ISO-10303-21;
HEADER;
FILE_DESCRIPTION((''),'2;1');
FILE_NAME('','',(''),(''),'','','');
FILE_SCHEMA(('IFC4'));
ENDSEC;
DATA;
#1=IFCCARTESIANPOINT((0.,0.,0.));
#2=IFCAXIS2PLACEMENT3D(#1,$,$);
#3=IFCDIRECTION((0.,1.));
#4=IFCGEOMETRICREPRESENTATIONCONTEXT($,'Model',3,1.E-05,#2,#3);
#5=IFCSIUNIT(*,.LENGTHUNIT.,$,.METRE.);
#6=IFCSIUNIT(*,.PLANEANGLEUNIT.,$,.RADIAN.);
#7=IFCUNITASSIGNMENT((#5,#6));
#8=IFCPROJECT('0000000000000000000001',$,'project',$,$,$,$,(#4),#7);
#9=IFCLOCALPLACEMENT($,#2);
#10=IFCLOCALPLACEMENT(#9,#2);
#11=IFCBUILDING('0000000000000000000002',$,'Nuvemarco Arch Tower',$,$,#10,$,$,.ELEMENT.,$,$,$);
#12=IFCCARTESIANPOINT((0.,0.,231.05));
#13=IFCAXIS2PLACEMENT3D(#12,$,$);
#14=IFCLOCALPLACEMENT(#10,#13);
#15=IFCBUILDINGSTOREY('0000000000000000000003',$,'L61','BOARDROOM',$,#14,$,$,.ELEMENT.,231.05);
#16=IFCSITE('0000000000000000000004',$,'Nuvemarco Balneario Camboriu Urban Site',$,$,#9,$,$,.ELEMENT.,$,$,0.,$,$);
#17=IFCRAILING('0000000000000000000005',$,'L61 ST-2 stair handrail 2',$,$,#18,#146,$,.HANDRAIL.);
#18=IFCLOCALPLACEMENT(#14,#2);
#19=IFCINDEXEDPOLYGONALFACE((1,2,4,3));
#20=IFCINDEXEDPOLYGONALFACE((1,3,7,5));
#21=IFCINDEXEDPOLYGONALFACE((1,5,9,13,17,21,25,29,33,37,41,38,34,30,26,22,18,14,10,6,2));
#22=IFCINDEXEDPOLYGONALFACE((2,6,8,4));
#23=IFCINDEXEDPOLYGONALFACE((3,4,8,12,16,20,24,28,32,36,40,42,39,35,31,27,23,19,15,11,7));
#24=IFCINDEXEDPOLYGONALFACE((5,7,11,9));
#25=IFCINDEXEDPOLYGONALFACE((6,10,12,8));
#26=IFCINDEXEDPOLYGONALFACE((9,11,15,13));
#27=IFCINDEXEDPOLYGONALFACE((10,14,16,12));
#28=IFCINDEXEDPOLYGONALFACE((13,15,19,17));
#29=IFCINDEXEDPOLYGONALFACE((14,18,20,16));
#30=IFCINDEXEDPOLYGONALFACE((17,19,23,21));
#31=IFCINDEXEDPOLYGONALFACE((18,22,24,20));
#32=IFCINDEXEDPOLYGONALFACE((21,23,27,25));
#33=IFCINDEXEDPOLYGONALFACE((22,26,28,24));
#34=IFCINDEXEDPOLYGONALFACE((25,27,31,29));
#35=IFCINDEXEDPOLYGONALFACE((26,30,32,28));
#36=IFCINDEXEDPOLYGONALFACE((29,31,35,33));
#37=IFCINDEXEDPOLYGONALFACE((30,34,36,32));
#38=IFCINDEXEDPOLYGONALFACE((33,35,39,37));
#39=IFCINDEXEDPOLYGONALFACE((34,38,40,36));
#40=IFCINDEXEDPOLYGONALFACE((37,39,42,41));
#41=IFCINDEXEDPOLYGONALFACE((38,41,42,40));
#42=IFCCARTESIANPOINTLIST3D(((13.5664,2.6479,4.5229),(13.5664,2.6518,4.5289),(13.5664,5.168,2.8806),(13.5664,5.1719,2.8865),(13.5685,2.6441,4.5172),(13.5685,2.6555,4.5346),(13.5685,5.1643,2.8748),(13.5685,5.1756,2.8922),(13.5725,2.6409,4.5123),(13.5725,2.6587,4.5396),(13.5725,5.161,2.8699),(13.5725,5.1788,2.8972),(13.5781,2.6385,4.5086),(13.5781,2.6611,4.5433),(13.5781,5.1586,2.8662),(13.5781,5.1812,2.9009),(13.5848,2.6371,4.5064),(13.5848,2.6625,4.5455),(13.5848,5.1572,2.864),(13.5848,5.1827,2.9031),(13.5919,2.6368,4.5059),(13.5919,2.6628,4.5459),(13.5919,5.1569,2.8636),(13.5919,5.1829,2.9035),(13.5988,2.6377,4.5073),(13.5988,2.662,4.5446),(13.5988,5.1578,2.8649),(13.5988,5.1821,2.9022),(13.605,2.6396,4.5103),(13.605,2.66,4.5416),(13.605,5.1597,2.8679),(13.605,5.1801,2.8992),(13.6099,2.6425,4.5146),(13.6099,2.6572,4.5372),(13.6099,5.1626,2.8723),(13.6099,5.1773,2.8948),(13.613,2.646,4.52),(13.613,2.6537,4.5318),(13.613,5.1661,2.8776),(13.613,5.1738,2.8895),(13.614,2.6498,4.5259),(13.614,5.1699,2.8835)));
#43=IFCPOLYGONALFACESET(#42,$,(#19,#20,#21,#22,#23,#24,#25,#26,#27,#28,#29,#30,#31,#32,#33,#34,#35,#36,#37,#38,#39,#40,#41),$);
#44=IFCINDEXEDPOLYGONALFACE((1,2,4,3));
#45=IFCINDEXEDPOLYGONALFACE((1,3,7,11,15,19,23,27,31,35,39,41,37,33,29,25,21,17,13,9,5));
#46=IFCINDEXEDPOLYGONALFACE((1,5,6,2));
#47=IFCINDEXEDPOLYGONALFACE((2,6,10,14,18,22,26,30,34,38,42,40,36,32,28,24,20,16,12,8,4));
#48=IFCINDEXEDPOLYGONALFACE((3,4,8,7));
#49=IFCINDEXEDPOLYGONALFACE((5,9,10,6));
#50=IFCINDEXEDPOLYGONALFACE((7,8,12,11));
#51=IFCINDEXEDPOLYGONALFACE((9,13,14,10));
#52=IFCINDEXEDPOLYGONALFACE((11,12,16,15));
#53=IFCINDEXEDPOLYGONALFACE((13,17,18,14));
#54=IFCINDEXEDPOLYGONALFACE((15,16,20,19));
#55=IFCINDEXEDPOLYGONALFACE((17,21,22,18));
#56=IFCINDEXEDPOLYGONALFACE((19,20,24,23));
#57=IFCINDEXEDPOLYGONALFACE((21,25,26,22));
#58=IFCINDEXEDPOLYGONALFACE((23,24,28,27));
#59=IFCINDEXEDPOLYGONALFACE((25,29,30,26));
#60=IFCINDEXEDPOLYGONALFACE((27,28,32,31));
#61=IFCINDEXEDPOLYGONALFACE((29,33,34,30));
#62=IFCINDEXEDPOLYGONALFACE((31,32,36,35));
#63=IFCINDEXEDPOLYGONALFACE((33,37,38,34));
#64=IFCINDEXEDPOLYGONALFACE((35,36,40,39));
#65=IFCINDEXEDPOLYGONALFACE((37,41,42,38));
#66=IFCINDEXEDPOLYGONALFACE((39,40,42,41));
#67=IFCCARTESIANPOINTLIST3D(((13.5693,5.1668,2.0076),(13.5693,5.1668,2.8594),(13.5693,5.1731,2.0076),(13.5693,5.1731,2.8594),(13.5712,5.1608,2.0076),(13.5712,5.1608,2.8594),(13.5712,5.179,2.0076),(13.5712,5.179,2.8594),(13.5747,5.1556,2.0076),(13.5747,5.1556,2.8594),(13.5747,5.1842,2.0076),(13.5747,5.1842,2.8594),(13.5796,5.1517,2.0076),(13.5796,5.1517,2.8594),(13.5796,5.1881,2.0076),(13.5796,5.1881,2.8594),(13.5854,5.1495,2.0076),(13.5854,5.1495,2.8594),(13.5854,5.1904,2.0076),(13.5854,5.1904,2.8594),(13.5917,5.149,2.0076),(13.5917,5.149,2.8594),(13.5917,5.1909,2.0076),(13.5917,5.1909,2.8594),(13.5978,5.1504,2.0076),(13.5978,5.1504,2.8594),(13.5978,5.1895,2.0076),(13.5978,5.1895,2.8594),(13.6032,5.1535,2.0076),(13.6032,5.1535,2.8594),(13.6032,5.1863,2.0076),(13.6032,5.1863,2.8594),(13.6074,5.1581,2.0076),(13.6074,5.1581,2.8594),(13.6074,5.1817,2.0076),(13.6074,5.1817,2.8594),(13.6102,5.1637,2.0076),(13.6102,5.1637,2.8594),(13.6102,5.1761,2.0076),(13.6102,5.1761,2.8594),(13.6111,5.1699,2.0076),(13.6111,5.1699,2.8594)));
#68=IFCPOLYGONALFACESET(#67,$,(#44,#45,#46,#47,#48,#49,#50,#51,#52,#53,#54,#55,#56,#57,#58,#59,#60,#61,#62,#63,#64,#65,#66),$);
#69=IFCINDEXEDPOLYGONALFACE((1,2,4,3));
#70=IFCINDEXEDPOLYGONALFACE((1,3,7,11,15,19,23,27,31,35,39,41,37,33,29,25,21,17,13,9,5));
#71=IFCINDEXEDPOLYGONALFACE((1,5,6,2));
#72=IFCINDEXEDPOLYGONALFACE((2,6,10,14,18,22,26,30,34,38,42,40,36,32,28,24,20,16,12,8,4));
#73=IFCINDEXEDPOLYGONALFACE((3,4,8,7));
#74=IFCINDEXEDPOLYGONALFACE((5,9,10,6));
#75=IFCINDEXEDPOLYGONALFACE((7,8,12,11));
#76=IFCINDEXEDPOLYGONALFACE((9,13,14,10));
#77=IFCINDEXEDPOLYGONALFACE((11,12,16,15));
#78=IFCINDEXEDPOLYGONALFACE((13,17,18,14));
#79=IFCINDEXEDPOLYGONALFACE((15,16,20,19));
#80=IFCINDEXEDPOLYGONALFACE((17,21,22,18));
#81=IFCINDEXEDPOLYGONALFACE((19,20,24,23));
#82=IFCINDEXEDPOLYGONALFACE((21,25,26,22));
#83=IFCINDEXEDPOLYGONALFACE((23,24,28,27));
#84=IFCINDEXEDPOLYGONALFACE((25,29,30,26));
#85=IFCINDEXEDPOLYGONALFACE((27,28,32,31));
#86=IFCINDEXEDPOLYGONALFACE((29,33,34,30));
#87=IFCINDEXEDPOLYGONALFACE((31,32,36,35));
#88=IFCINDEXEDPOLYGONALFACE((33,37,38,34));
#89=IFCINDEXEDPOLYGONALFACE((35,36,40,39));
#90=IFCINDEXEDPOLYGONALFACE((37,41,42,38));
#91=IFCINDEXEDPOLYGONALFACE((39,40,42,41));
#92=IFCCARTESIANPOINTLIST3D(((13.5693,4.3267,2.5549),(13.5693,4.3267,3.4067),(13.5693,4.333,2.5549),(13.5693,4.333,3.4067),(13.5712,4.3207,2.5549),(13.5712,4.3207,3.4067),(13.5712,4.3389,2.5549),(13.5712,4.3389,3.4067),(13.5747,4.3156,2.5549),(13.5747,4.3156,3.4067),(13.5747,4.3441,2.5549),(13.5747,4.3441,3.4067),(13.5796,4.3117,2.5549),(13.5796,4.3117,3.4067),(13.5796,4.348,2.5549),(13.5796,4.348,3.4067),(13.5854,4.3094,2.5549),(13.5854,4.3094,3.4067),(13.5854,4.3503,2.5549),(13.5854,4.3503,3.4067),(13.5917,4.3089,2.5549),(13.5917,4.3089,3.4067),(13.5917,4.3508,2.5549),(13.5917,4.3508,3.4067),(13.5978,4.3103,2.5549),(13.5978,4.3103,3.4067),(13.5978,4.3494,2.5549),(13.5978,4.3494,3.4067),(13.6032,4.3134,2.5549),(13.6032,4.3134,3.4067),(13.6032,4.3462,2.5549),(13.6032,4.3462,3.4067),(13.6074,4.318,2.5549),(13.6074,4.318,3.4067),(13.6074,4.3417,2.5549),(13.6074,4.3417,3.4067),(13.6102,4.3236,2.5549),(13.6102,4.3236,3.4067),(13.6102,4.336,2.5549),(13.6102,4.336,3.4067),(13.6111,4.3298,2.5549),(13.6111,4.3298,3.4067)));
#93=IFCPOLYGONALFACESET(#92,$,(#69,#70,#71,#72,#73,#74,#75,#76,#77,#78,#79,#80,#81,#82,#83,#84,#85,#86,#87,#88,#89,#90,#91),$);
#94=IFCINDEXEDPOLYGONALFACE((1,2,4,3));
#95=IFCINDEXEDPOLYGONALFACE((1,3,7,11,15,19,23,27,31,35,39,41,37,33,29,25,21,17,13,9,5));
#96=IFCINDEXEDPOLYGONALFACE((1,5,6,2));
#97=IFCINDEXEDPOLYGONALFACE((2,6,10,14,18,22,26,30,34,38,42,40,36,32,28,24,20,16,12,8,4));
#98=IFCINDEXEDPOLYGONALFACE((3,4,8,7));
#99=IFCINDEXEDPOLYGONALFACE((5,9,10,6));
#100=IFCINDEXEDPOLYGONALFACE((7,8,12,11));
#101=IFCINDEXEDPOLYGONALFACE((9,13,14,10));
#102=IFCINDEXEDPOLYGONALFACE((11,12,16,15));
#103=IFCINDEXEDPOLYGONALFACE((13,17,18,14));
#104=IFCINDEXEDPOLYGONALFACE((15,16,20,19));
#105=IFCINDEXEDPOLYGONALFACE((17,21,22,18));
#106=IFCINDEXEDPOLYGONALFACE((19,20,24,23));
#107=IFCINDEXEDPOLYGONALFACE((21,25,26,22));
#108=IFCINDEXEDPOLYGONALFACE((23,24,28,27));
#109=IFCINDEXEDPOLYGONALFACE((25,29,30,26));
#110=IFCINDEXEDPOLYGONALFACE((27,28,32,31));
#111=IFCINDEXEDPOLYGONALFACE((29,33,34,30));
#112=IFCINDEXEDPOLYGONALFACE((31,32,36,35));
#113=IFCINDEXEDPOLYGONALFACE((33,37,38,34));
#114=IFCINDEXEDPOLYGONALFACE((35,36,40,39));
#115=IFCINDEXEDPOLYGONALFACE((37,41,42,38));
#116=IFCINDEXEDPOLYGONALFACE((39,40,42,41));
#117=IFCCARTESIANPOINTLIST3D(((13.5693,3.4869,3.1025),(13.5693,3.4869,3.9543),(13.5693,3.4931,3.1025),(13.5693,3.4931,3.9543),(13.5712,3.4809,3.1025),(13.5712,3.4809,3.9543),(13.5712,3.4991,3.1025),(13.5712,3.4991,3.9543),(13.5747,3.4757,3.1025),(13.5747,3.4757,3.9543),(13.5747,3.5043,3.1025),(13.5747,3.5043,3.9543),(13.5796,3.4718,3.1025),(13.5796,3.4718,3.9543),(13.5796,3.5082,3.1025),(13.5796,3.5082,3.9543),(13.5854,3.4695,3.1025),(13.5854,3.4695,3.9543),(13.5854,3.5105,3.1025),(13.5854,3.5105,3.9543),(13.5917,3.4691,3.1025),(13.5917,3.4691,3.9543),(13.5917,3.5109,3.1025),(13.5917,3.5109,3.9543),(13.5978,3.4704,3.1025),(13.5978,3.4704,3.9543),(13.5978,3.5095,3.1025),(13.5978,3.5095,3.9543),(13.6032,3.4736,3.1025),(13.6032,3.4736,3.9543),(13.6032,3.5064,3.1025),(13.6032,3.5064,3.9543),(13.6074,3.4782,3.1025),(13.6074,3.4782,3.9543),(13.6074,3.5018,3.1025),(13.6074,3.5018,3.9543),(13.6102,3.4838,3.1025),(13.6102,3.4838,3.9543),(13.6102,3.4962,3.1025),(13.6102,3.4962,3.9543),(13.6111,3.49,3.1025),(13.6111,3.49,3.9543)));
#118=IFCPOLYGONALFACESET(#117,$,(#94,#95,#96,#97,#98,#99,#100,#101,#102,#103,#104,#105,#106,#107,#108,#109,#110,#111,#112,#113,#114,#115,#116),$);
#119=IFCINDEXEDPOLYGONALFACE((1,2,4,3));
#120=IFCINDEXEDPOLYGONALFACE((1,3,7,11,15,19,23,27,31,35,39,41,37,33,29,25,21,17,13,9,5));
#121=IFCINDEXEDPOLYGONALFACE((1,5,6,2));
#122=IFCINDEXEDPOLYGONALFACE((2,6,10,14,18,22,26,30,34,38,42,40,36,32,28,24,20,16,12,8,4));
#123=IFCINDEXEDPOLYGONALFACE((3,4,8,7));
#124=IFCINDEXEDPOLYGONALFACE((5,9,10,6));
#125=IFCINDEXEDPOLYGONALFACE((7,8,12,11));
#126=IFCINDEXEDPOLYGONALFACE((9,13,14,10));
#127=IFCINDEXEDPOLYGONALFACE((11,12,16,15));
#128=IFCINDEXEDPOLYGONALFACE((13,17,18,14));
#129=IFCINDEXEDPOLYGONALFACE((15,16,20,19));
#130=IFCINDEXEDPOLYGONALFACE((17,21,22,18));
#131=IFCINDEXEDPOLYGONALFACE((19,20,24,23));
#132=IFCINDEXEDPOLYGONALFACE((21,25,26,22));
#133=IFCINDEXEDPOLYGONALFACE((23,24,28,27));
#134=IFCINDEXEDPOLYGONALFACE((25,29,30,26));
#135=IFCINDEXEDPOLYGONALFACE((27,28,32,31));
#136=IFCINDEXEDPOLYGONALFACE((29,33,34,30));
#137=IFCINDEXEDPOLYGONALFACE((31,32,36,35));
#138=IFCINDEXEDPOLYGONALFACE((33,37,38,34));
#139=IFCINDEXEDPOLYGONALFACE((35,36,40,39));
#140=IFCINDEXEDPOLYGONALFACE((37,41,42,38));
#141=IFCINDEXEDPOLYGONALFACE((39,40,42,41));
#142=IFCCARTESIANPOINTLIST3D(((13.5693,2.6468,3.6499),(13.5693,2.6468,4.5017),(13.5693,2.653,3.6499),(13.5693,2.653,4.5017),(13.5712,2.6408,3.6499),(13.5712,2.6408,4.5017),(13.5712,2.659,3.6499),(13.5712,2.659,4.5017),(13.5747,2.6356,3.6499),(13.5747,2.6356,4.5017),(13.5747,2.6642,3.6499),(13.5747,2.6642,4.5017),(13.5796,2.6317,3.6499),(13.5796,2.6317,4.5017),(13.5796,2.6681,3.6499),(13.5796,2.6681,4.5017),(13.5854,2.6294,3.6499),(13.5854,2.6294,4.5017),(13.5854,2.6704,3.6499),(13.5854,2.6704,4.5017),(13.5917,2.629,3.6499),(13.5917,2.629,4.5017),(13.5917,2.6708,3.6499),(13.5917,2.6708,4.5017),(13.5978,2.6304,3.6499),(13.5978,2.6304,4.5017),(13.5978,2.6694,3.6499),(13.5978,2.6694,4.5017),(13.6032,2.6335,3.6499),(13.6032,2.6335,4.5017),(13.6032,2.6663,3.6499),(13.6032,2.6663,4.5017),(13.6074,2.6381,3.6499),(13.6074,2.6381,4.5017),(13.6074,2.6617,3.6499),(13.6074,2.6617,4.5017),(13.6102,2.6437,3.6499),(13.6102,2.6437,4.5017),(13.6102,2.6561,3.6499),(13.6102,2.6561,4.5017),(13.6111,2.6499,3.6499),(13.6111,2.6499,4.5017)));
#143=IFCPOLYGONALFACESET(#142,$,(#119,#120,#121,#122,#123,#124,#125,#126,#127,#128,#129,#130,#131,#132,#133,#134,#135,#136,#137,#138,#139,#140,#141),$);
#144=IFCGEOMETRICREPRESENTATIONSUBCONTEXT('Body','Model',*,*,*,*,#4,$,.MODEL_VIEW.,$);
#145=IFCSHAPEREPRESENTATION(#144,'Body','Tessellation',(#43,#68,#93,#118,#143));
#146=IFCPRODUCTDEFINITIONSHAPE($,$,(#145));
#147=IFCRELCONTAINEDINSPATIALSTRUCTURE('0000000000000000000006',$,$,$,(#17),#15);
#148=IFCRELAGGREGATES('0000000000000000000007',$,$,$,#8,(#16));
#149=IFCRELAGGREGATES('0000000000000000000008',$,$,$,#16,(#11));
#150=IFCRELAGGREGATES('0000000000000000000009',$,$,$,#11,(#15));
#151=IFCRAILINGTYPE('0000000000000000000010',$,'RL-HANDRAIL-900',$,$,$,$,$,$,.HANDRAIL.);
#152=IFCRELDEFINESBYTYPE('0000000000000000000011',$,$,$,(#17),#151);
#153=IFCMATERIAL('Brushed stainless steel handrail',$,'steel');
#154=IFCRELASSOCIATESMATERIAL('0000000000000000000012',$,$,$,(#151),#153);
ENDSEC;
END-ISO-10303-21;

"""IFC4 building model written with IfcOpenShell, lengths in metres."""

from ifc_helpers import new_model, si_unit, direction, frame, origin, origin_2d, place, context, subcontext, project, spatial, circle, extrude, material, type_object, element, save


model = new_model("IFC4")

# Units and contexts
model_context = context("Model", 3, precision=1e-05, world=origin(), true_north=direction((0.0, 1.0)))
body_context = subcontext(model_context, "Body", "Model", "MODEL_VIEW")
ifc_project = project(units=[si_unit("LENGTHUNIT", "METRE"), si_unit("PLANEANGLEUNIT", "RADIAN")], contexts=[model_context])

# Site, building, storey
site_placement = place(None, origin())
site = spatial("IfcSite", under=ifc_project, at=site_placement, Name="Nuvemarco Balneario Camboriu Urban Site", CompositionType="ELEMENT", RefElevation=0.0)
building_placement = place(site_placement, origin())
building = spatial("IfcBuilding", under=site, at=building_placement, Name="Nuvemarco Arch Tower", CompositionType="ELEMENT")
storey_placement = place(building_placement, frame((0.0, 0.0, 231.05)))
storey = spatial("IfcBuildingStorey", under=building, at=storey_placement, Name="L61", Description="BOARDROOM", CompositionType="ELEMENT", Elevation=231.05)

# Railing
ifc_material_1 = material(Name="Brushed stainless steel handrail", Category="steel")
railing_type_1 = type_object("IfcRailingType", Name="RL-HANDRAIL-900", PredefinedType="HANDRAIL", material=ifc_material_1)
railing_1_placement = place(storey_placement, frame((13.5901, 5.1699, 2.0076)))
element("IfcRailing", 1, at=railing_1_placement, inside=storey, type_object=railing_type_1, Name="L61 ST-2 stair handrail 2", PredefinedType="HANDRAIL", context=body_context, shape_type="SweptSolid", body=[
    extrude(circle(Radius=0.0239, at=origin_2d()), frame((0.0, 0.0, 0.876), z_axis=(0.0, -0.837787, 0.545998), x_axis=(1.0, 0.0, 0.0)), (0.0, 0.0, 1.0), 3.0081),
    extrude(circle(Radius=0.021, at=origin_2d()), origin(), (0.0, 0.0, 1.0), 0.8518),
    extrude(circle(Radius=0.021, at=origin_2d()), frame((0.0, -0.8401, 0.5474)), (0.0, 0.0, 1.0), 0.8518),
    extrude(circle(Radius=0.021, at=origin_2d()), frame((0.0, -1.6799, 1.095)), (0.0, 0.0, 1.0), 0.8518),
    extrude(circle(Radius=0.021, at=origin_2d()), frame((0.0, -2.52, 1.6423)), (0.0, 0.0, 1.0), 0.8518),
])

save(model, "model.ifc")
